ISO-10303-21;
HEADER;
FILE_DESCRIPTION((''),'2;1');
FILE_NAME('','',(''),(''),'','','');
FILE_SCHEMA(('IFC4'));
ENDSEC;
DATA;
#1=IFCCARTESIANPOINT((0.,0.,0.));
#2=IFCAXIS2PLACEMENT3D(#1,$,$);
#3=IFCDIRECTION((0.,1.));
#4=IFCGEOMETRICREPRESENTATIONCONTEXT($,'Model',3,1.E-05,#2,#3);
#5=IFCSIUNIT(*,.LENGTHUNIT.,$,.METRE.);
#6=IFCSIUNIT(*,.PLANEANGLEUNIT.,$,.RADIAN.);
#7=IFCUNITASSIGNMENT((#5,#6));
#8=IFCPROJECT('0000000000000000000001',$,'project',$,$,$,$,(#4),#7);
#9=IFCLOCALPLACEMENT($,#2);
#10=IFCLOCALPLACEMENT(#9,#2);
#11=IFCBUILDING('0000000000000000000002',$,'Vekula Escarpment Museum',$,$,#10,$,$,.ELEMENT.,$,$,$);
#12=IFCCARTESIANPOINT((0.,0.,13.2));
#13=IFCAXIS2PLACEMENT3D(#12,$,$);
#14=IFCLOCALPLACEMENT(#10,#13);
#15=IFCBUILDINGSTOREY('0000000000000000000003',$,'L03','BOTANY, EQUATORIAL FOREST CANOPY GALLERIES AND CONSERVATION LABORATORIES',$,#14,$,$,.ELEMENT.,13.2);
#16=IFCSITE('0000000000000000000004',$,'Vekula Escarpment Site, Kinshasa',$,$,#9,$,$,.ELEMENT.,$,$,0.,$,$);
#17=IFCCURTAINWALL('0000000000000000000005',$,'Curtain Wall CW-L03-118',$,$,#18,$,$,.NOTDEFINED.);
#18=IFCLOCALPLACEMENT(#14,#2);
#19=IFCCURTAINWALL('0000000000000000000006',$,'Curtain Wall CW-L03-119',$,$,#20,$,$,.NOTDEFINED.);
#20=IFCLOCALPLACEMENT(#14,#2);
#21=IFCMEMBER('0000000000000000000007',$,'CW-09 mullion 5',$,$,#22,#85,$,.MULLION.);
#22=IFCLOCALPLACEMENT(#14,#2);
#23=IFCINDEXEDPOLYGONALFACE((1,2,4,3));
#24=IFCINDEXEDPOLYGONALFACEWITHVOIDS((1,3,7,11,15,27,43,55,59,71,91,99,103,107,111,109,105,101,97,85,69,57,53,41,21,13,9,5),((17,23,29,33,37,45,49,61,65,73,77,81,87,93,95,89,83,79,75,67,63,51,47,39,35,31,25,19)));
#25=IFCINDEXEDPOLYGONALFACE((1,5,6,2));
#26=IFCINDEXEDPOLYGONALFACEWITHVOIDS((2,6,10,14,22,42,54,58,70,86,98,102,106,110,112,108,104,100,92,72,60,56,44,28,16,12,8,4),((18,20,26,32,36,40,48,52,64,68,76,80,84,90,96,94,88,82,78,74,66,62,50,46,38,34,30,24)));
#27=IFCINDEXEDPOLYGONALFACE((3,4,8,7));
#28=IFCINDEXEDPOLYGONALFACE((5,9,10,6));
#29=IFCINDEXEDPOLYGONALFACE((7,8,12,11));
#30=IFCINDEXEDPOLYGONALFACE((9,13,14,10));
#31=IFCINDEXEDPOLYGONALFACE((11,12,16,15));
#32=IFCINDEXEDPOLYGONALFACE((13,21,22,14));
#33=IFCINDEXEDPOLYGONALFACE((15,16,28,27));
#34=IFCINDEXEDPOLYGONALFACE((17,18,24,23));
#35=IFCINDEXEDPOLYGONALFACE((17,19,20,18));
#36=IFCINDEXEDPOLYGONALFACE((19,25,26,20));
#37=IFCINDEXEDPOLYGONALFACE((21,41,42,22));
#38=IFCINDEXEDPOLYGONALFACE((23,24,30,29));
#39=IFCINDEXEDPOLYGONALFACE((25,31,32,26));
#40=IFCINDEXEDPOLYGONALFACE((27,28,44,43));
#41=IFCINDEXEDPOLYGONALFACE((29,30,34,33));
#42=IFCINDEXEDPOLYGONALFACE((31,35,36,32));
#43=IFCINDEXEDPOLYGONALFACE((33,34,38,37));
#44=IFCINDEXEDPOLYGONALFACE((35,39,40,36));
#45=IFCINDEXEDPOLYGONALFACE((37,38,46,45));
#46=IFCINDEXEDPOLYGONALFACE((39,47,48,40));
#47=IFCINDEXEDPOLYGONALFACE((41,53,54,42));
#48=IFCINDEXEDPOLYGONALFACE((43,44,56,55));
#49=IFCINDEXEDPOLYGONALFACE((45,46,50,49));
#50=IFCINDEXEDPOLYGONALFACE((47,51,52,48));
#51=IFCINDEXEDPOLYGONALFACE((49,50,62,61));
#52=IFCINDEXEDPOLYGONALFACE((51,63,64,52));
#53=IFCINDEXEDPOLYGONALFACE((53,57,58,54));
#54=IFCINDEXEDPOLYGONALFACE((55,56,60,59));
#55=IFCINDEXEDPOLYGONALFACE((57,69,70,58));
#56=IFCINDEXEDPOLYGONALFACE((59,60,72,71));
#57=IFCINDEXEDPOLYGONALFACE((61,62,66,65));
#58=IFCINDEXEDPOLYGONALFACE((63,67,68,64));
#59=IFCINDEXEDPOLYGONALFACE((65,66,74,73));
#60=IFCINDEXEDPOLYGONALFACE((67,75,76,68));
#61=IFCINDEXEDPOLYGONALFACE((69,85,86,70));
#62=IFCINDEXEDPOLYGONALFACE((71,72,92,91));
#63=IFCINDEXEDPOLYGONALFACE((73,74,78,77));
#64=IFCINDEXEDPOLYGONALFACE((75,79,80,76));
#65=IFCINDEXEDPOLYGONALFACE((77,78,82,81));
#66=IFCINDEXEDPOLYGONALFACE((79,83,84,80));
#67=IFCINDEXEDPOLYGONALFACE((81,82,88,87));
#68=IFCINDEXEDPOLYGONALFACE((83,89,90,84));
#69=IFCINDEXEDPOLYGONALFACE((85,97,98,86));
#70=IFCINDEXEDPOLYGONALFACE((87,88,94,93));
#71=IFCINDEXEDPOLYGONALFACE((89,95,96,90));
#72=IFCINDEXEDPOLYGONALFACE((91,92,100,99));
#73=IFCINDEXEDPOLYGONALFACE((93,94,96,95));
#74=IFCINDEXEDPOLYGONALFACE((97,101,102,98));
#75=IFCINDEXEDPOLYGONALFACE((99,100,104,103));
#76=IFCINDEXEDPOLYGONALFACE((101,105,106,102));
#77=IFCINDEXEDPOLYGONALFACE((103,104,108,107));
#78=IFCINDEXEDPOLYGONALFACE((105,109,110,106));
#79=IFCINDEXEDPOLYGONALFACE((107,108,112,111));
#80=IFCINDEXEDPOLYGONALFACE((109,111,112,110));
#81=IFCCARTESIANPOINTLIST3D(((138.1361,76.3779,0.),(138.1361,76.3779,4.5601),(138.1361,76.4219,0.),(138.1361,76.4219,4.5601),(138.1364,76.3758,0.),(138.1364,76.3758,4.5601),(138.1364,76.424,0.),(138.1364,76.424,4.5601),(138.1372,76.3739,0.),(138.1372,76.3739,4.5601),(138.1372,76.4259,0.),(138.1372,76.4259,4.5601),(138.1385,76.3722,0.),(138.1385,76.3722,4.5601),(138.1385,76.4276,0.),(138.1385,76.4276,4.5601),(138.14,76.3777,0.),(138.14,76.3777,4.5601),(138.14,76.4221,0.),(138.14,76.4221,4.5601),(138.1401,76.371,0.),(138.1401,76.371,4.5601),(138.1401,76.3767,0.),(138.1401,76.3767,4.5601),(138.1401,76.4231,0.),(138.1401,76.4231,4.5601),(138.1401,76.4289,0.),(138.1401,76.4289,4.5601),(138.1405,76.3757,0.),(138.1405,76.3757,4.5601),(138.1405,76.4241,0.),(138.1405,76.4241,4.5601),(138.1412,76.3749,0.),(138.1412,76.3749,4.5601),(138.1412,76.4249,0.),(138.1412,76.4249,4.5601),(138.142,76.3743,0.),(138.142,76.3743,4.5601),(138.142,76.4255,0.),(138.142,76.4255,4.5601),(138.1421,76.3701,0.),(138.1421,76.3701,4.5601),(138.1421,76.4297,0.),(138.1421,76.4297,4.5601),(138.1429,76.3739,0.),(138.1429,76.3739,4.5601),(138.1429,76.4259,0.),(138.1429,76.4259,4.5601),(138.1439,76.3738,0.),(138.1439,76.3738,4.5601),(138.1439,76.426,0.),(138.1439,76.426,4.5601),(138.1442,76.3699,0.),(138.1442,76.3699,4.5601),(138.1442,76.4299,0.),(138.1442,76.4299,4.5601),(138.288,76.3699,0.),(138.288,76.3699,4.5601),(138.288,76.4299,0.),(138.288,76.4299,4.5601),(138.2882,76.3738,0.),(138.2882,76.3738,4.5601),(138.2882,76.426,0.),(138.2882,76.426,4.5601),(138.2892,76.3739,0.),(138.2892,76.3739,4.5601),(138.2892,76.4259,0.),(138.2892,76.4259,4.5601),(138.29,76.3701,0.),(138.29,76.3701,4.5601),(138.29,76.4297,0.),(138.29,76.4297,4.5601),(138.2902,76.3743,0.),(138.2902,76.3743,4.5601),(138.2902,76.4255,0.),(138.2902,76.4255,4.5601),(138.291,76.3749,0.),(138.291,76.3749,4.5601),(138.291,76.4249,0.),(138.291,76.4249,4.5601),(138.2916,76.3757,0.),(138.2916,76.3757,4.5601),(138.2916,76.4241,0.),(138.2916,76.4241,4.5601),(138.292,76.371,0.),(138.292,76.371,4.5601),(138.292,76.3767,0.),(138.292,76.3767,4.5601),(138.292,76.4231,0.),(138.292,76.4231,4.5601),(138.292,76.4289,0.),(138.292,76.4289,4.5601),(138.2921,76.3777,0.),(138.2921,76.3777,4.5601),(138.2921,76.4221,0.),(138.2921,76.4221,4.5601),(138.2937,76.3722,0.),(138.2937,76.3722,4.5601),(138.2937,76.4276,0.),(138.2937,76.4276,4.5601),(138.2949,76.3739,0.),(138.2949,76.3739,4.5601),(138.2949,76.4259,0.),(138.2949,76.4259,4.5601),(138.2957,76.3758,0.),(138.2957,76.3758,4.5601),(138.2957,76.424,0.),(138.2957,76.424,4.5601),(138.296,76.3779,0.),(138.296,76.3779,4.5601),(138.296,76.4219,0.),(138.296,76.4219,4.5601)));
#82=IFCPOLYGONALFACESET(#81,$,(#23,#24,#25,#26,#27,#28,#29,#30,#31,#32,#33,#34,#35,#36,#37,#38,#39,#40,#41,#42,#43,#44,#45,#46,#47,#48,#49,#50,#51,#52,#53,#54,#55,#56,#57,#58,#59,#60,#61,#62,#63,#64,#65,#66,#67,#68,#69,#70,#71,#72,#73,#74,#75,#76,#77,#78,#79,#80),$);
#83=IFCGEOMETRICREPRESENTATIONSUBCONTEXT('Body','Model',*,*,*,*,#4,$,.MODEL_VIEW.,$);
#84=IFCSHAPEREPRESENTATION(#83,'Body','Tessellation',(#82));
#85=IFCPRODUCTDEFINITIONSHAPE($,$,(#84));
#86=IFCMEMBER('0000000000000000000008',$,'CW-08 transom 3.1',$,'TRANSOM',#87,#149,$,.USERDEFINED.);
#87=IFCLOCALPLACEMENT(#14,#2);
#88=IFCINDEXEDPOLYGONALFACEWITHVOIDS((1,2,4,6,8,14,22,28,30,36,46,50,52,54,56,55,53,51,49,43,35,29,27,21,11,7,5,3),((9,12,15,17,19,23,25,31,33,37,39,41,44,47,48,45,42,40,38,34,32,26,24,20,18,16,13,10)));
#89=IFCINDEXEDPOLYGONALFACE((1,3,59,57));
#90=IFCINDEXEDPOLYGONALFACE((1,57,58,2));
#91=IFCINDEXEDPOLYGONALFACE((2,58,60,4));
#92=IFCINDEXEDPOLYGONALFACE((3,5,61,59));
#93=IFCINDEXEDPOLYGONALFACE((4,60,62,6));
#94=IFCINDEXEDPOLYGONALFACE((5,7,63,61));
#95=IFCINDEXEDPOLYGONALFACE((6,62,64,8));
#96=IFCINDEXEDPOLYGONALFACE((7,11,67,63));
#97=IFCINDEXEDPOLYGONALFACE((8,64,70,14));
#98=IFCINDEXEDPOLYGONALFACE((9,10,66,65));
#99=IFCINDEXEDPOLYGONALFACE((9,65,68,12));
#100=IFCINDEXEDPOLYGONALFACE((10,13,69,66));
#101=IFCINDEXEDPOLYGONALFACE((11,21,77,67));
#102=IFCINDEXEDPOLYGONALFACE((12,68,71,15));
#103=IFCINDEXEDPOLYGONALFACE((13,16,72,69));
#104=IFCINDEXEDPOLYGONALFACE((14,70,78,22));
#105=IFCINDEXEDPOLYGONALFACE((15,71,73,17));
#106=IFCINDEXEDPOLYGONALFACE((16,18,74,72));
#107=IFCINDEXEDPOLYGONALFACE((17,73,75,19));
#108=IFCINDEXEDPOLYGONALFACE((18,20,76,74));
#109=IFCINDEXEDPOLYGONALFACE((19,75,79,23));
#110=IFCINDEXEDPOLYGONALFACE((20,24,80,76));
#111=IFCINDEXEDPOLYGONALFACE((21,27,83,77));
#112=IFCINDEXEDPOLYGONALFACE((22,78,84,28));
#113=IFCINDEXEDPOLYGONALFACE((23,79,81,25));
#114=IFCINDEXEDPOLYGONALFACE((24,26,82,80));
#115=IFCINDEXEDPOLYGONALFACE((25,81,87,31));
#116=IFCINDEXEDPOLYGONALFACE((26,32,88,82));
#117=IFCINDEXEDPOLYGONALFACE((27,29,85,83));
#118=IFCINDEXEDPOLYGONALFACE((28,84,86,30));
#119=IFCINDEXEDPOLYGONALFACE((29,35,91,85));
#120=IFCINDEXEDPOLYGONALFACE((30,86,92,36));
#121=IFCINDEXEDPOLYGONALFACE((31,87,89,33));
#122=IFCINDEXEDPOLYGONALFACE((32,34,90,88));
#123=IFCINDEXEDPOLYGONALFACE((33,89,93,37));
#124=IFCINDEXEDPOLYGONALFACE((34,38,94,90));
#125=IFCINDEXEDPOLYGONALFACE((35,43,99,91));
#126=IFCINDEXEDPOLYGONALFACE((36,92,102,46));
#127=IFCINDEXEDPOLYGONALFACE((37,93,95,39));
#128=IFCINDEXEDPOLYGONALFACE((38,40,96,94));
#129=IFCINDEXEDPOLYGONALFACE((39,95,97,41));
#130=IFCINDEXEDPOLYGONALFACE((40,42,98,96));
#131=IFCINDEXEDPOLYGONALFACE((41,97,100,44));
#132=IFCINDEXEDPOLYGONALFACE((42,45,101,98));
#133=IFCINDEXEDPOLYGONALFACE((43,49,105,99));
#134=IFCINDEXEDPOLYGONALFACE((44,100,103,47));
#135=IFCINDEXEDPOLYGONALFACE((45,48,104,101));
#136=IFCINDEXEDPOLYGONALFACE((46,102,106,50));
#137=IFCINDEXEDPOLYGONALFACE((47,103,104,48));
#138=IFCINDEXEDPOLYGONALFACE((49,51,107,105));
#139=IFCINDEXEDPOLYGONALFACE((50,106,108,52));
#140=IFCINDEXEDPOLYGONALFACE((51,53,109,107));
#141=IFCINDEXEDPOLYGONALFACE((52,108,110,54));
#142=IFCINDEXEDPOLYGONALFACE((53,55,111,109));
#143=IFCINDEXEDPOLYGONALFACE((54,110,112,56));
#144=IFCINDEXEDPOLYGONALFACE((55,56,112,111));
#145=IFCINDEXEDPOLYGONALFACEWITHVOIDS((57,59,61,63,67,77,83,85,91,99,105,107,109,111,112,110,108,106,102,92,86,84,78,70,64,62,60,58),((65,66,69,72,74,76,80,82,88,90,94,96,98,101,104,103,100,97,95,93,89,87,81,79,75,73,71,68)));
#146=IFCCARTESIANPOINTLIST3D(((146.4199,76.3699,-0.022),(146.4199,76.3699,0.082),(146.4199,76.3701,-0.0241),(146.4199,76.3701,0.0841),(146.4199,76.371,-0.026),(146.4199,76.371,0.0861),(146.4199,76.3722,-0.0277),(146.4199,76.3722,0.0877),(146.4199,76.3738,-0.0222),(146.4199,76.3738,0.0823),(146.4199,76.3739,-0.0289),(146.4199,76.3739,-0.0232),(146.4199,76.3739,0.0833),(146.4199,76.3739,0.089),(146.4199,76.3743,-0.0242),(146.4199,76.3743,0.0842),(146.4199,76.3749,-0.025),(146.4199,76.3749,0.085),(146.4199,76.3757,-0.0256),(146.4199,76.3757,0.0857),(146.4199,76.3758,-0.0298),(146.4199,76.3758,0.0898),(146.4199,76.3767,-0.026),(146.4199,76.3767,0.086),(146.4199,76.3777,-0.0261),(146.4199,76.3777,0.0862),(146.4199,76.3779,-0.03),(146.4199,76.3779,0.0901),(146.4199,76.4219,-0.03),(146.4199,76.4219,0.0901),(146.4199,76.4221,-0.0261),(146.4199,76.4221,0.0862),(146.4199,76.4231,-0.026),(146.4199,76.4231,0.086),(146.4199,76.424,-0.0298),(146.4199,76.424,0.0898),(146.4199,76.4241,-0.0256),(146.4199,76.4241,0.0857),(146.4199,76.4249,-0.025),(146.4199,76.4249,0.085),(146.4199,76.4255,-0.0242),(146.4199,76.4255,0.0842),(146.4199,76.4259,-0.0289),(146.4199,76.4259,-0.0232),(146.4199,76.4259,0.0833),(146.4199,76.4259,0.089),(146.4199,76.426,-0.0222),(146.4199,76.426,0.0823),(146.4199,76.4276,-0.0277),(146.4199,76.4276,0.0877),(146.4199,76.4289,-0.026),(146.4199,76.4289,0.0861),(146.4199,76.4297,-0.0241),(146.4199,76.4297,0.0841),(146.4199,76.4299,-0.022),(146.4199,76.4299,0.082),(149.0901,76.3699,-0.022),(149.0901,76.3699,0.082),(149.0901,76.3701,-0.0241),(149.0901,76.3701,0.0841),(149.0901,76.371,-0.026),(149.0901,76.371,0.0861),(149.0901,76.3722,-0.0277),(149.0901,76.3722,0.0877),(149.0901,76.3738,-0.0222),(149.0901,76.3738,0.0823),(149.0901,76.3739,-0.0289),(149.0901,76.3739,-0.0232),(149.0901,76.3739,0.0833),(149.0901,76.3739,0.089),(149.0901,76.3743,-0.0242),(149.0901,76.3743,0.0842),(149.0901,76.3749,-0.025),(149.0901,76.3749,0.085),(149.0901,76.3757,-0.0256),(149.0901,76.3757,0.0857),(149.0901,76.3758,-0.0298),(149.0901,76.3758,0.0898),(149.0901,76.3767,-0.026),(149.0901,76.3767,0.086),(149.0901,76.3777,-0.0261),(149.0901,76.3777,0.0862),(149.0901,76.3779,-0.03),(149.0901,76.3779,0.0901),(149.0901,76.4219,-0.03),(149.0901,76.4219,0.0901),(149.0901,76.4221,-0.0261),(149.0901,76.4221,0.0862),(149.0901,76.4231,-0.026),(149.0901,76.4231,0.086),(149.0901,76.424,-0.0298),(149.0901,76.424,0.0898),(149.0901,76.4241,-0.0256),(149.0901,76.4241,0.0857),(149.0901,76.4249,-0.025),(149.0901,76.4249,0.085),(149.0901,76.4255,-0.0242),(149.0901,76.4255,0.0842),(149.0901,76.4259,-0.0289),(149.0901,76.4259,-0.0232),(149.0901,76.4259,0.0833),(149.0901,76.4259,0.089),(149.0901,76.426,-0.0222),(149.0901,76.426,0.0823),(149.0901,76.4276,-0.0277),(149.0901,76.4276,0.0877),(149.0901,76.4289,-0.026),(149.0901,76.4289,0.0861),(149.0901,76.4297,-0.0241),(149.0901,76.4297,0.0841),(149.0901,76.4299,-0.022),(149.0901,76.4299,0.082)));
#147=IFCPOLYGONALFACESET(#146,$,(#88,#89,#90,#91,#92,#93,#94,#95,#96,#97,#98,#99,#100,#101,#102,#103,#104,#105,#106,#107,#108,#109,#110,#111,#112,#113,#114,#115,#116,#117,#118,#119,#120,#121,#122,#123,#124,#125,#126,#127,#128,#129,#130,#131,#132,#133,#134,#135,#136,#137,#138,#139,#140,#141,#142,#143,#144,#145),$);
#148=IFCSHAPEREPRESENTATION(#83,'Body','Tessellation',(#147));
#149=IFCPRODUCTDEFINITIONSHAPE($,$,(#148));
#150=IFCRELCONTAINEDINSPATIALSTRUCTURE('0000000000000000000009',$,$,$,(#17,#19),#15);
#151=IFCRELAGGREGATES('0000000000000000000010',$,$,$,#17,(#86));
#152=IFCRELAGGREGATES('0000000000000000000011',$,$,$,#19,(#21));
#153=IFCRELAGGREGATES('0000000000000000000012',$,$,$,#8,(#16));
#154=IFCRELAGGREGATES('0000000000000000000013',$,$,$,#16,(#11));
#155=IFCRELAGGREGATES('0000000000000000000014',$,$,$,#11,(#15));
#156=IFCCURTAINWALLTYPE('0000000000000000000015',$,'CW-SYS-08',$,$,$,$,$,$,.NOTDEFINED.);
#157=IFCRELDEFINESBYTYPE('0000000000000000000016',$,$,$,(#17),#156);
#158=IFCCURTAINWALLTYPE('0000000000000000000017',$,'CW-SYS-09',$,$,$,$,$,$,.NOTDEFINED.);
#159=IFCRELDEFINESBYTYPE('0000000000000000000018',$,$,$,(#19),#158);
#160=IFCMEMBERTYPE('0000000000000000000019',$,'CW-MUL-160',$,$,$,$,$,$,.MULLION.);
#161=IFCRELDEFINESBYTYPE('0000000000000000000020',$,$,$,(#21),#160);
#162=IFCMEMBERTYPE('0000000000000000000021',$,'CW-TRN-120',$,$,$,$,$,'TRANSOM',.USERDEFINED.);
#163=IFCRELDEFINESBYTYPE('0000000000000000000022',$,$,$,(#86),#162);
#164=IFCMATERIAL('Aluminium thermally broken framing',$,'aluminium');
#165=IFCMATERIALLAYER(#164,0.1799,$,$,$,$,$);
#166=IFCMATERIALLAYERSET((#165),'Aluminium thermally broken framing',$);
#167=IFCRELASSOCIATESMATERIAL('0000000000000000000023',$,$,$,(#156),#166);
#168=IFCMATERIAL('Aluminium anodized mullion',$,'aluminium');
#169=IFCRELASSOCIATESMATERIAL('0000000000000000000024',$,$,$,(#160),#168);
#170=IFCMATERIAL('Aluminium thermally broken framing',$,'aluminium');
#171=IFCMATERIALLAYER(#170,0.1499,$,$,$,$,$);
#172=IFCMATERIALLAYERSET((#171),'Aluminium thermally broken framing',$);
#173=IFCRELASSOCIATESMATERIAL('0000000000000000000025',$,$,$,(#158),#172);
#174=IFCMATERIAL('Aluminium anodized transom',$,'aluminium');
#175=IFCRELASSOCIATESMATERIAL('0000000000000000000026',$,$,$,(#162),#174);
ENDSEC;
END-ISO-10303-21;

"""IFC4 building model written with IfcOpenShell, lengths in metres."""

from ifc_helpers import new_model, si_unit, direction, frame, origin, origin_2d, place, context, subcontext, project, spatial, hollow_rectangle, extrude, material, layer, layer_set, material_profile, profile_set, type_object, element, aggregate, save


model = new_model("IFC4")

# Units and contexts
model_context = context("Model", 3, precision=1e-05, world=origin(), true_north=direction((0.0, 1.0)))
body_context = subcontext(model_context, "Body", "Model", "MODEL_VIEW")
ifc_project = project(units=[si_unit("LENGTHUNIT", "METRE"), si_unit("PLANEANGLEUNIT", "RADIAN")], contexts=[model_context])

# Site, building, storey
site_placement = place(None, origin())
site = spatial("IfcSite", under=ifc_project, at=site_placement, Name="Vekula Escarpment Site, Kinshasa", CompositionType="ELEMENT", RefElevation=0.0)
building_placement = place(site_placement, origin())
building = spatial("IfcBuilding", under=site, at=building_placement, Name="Vekula Escarpment Museum", CompositionType="ELEMENT")
storey_placement = place(building_placement, frame((0.0, 0.0, 13.2)))
storey = spatial("IfcBuildingStorey", under=building, at=storey_placement, Name="L03", Description="BOTANY, EQUATORIAL FOREST CANOPY GALLERIES AND CONSERVATION LABORATORIES", CompositionType="ELEMENT", Elevation=13.2)

# Curtain wall
ifc_material_1 = material(Name="Aluminium thermally broken framing", Category="aluminium")
ifc_layer_1 = layer(ifc_material_1, 0.1799)
ifc_layer_set_1 = layer_set([ifc_layer_1], Name="Aluminium thermally broken framing")
curtain_wall_type_1 = type_object("IfcCurtainWallType", Name="CW-SYS-08", PredefinedType="NOTDEFINED", material=ifc_layer_set_1)
curtain_wall_1_placement = place(storey_placement, origin())
curtain_wall_1 = element("IfcCurtainWall", 1, at=curtain_wall_1_placement, inside=storey, type_object=curtain_wall_type_1, Name="Curtain Wall CW-L03-118", PredefinedType="NOTDEFINED")
ifc_material_2 = material(Name="Aluminium anodized mullion", Category="aluminium")
ifc_material_profile_1 = material_profile(ifc_material_2, hollow_rectangle(XDim=0.0601, YDim=0.1599, WallThickness=0.0039, InnerFilletRadius=0.0039, OuterFilletRadius=0.0081, at=origin_2d()), Name="ALU 160x60x4")
ifc_profile_set_1 = profile_set([ifc_material_profile_1], Name="Aluminium anodized mullion")
member_type_1 = type_object("IfcMemberType", Name="CW-MUL-160", PredefinedType="MULLION", material=ifc_profile_set_1)

# Curtain wall, member
ifc_material_3 = material(Name="Aluminium thermally broken framing", Category="aluminium")
ifc_layer_2 = layer(ifc_material_3, 0.1499)
ifc_layer_set_2 = layer_set([ifc_layer_2], Name="Aluminium thermally broken framing")
curtain_wall_type_2 = type_object("IfcCurtainWallType", Name="CW-SYS-09", PredefinedType="NOTDEFINED", material=ifc_layer_set_2)
curtain_wall_2_placement = place(storey_placement, origin())
curtain_wall_2 = element("IfcCurtainWall", 2, at=curtain_wall_2_placement, inside=storey, type_object=curtain_wall_type_2, Name="Curtain Wall CW-L03-119", PredefinedType="NOTDEFINED")
member_1_placement = place(storey_placement, frame((138.2161, 76.3999, 0.0), z_axis=(0.0, 0.0, 1.0), x_axis=(0.0, -1.0, 0.0)))
member_1 = element("IfcMember", 3, at=member_1_placement, type_object=member_type_1, Name="CW-09 mullion 5", PredefinedType="MULLION", context=body_context, shape_type="SweptSolid", body=[
    extrude(hollow_rectangle(XDim=0.0601, YDim=0.1599, WallThickness=0.0039, InnerFilletRadius=0.0039, OuterFilletRadius=0.0081, at=origin_2d()), origin(), (0.0, 0.0, 1.0), 4.5601),
])

# Member
ifc_material_4 = material(Name="Aluminium anodized transom", Category="aluminium")
ifc_material_profile_2 = material_profile(ifc_material_4, hollow_rectangle(XDim=0.0601, YDim=0.1201, WallThickness=0.0039, InnerFilletRadius=0.0039, OuterFilletRadius=0.0081, at=origin_2d()), Name="ALU 120x60x4")
ifc_profile_set_2 = profile_set([ifc_material_profile_2], Name="Aluminium anodized transom")
member_type_2 = type_object("IfcMemberType", Name="CW-TRN-120", ElementType="TRANSOM", PredefinedType="USERDEFINED", material=ifc_profile_set_2)
member_2_placement = place(storey_placement, frame((149.0901, 76.3999, 0.03), z_axis=(-1.0, 0.0, 0.0), x_axis=(0.0, -1.0, 0.0)))
member_2 = element("IfcMember", 4, at=member_2_placement, type_object=member_type_2, Name="CW-08 transom 3.1", ObjectType="TRANSOM", PredefinedType="USERDEFINED", context=body_context, shape_type="SweptSolid", body=[
    extrude(hollow_rectangle(XDim=0.0601, YDim=0.1201, WallThickness=0.0039, InnerFilletRadius=0.0039, OuterFilletRadius=0.0081, at=origin_2d()), origin(), (0.0, 0.0, 1.0), 2.6702),
])

aggregate(curtain_wall_1, [member_2])
aggregate(curtain_wall_2, [member_1])

save(model, "model.ifc")
